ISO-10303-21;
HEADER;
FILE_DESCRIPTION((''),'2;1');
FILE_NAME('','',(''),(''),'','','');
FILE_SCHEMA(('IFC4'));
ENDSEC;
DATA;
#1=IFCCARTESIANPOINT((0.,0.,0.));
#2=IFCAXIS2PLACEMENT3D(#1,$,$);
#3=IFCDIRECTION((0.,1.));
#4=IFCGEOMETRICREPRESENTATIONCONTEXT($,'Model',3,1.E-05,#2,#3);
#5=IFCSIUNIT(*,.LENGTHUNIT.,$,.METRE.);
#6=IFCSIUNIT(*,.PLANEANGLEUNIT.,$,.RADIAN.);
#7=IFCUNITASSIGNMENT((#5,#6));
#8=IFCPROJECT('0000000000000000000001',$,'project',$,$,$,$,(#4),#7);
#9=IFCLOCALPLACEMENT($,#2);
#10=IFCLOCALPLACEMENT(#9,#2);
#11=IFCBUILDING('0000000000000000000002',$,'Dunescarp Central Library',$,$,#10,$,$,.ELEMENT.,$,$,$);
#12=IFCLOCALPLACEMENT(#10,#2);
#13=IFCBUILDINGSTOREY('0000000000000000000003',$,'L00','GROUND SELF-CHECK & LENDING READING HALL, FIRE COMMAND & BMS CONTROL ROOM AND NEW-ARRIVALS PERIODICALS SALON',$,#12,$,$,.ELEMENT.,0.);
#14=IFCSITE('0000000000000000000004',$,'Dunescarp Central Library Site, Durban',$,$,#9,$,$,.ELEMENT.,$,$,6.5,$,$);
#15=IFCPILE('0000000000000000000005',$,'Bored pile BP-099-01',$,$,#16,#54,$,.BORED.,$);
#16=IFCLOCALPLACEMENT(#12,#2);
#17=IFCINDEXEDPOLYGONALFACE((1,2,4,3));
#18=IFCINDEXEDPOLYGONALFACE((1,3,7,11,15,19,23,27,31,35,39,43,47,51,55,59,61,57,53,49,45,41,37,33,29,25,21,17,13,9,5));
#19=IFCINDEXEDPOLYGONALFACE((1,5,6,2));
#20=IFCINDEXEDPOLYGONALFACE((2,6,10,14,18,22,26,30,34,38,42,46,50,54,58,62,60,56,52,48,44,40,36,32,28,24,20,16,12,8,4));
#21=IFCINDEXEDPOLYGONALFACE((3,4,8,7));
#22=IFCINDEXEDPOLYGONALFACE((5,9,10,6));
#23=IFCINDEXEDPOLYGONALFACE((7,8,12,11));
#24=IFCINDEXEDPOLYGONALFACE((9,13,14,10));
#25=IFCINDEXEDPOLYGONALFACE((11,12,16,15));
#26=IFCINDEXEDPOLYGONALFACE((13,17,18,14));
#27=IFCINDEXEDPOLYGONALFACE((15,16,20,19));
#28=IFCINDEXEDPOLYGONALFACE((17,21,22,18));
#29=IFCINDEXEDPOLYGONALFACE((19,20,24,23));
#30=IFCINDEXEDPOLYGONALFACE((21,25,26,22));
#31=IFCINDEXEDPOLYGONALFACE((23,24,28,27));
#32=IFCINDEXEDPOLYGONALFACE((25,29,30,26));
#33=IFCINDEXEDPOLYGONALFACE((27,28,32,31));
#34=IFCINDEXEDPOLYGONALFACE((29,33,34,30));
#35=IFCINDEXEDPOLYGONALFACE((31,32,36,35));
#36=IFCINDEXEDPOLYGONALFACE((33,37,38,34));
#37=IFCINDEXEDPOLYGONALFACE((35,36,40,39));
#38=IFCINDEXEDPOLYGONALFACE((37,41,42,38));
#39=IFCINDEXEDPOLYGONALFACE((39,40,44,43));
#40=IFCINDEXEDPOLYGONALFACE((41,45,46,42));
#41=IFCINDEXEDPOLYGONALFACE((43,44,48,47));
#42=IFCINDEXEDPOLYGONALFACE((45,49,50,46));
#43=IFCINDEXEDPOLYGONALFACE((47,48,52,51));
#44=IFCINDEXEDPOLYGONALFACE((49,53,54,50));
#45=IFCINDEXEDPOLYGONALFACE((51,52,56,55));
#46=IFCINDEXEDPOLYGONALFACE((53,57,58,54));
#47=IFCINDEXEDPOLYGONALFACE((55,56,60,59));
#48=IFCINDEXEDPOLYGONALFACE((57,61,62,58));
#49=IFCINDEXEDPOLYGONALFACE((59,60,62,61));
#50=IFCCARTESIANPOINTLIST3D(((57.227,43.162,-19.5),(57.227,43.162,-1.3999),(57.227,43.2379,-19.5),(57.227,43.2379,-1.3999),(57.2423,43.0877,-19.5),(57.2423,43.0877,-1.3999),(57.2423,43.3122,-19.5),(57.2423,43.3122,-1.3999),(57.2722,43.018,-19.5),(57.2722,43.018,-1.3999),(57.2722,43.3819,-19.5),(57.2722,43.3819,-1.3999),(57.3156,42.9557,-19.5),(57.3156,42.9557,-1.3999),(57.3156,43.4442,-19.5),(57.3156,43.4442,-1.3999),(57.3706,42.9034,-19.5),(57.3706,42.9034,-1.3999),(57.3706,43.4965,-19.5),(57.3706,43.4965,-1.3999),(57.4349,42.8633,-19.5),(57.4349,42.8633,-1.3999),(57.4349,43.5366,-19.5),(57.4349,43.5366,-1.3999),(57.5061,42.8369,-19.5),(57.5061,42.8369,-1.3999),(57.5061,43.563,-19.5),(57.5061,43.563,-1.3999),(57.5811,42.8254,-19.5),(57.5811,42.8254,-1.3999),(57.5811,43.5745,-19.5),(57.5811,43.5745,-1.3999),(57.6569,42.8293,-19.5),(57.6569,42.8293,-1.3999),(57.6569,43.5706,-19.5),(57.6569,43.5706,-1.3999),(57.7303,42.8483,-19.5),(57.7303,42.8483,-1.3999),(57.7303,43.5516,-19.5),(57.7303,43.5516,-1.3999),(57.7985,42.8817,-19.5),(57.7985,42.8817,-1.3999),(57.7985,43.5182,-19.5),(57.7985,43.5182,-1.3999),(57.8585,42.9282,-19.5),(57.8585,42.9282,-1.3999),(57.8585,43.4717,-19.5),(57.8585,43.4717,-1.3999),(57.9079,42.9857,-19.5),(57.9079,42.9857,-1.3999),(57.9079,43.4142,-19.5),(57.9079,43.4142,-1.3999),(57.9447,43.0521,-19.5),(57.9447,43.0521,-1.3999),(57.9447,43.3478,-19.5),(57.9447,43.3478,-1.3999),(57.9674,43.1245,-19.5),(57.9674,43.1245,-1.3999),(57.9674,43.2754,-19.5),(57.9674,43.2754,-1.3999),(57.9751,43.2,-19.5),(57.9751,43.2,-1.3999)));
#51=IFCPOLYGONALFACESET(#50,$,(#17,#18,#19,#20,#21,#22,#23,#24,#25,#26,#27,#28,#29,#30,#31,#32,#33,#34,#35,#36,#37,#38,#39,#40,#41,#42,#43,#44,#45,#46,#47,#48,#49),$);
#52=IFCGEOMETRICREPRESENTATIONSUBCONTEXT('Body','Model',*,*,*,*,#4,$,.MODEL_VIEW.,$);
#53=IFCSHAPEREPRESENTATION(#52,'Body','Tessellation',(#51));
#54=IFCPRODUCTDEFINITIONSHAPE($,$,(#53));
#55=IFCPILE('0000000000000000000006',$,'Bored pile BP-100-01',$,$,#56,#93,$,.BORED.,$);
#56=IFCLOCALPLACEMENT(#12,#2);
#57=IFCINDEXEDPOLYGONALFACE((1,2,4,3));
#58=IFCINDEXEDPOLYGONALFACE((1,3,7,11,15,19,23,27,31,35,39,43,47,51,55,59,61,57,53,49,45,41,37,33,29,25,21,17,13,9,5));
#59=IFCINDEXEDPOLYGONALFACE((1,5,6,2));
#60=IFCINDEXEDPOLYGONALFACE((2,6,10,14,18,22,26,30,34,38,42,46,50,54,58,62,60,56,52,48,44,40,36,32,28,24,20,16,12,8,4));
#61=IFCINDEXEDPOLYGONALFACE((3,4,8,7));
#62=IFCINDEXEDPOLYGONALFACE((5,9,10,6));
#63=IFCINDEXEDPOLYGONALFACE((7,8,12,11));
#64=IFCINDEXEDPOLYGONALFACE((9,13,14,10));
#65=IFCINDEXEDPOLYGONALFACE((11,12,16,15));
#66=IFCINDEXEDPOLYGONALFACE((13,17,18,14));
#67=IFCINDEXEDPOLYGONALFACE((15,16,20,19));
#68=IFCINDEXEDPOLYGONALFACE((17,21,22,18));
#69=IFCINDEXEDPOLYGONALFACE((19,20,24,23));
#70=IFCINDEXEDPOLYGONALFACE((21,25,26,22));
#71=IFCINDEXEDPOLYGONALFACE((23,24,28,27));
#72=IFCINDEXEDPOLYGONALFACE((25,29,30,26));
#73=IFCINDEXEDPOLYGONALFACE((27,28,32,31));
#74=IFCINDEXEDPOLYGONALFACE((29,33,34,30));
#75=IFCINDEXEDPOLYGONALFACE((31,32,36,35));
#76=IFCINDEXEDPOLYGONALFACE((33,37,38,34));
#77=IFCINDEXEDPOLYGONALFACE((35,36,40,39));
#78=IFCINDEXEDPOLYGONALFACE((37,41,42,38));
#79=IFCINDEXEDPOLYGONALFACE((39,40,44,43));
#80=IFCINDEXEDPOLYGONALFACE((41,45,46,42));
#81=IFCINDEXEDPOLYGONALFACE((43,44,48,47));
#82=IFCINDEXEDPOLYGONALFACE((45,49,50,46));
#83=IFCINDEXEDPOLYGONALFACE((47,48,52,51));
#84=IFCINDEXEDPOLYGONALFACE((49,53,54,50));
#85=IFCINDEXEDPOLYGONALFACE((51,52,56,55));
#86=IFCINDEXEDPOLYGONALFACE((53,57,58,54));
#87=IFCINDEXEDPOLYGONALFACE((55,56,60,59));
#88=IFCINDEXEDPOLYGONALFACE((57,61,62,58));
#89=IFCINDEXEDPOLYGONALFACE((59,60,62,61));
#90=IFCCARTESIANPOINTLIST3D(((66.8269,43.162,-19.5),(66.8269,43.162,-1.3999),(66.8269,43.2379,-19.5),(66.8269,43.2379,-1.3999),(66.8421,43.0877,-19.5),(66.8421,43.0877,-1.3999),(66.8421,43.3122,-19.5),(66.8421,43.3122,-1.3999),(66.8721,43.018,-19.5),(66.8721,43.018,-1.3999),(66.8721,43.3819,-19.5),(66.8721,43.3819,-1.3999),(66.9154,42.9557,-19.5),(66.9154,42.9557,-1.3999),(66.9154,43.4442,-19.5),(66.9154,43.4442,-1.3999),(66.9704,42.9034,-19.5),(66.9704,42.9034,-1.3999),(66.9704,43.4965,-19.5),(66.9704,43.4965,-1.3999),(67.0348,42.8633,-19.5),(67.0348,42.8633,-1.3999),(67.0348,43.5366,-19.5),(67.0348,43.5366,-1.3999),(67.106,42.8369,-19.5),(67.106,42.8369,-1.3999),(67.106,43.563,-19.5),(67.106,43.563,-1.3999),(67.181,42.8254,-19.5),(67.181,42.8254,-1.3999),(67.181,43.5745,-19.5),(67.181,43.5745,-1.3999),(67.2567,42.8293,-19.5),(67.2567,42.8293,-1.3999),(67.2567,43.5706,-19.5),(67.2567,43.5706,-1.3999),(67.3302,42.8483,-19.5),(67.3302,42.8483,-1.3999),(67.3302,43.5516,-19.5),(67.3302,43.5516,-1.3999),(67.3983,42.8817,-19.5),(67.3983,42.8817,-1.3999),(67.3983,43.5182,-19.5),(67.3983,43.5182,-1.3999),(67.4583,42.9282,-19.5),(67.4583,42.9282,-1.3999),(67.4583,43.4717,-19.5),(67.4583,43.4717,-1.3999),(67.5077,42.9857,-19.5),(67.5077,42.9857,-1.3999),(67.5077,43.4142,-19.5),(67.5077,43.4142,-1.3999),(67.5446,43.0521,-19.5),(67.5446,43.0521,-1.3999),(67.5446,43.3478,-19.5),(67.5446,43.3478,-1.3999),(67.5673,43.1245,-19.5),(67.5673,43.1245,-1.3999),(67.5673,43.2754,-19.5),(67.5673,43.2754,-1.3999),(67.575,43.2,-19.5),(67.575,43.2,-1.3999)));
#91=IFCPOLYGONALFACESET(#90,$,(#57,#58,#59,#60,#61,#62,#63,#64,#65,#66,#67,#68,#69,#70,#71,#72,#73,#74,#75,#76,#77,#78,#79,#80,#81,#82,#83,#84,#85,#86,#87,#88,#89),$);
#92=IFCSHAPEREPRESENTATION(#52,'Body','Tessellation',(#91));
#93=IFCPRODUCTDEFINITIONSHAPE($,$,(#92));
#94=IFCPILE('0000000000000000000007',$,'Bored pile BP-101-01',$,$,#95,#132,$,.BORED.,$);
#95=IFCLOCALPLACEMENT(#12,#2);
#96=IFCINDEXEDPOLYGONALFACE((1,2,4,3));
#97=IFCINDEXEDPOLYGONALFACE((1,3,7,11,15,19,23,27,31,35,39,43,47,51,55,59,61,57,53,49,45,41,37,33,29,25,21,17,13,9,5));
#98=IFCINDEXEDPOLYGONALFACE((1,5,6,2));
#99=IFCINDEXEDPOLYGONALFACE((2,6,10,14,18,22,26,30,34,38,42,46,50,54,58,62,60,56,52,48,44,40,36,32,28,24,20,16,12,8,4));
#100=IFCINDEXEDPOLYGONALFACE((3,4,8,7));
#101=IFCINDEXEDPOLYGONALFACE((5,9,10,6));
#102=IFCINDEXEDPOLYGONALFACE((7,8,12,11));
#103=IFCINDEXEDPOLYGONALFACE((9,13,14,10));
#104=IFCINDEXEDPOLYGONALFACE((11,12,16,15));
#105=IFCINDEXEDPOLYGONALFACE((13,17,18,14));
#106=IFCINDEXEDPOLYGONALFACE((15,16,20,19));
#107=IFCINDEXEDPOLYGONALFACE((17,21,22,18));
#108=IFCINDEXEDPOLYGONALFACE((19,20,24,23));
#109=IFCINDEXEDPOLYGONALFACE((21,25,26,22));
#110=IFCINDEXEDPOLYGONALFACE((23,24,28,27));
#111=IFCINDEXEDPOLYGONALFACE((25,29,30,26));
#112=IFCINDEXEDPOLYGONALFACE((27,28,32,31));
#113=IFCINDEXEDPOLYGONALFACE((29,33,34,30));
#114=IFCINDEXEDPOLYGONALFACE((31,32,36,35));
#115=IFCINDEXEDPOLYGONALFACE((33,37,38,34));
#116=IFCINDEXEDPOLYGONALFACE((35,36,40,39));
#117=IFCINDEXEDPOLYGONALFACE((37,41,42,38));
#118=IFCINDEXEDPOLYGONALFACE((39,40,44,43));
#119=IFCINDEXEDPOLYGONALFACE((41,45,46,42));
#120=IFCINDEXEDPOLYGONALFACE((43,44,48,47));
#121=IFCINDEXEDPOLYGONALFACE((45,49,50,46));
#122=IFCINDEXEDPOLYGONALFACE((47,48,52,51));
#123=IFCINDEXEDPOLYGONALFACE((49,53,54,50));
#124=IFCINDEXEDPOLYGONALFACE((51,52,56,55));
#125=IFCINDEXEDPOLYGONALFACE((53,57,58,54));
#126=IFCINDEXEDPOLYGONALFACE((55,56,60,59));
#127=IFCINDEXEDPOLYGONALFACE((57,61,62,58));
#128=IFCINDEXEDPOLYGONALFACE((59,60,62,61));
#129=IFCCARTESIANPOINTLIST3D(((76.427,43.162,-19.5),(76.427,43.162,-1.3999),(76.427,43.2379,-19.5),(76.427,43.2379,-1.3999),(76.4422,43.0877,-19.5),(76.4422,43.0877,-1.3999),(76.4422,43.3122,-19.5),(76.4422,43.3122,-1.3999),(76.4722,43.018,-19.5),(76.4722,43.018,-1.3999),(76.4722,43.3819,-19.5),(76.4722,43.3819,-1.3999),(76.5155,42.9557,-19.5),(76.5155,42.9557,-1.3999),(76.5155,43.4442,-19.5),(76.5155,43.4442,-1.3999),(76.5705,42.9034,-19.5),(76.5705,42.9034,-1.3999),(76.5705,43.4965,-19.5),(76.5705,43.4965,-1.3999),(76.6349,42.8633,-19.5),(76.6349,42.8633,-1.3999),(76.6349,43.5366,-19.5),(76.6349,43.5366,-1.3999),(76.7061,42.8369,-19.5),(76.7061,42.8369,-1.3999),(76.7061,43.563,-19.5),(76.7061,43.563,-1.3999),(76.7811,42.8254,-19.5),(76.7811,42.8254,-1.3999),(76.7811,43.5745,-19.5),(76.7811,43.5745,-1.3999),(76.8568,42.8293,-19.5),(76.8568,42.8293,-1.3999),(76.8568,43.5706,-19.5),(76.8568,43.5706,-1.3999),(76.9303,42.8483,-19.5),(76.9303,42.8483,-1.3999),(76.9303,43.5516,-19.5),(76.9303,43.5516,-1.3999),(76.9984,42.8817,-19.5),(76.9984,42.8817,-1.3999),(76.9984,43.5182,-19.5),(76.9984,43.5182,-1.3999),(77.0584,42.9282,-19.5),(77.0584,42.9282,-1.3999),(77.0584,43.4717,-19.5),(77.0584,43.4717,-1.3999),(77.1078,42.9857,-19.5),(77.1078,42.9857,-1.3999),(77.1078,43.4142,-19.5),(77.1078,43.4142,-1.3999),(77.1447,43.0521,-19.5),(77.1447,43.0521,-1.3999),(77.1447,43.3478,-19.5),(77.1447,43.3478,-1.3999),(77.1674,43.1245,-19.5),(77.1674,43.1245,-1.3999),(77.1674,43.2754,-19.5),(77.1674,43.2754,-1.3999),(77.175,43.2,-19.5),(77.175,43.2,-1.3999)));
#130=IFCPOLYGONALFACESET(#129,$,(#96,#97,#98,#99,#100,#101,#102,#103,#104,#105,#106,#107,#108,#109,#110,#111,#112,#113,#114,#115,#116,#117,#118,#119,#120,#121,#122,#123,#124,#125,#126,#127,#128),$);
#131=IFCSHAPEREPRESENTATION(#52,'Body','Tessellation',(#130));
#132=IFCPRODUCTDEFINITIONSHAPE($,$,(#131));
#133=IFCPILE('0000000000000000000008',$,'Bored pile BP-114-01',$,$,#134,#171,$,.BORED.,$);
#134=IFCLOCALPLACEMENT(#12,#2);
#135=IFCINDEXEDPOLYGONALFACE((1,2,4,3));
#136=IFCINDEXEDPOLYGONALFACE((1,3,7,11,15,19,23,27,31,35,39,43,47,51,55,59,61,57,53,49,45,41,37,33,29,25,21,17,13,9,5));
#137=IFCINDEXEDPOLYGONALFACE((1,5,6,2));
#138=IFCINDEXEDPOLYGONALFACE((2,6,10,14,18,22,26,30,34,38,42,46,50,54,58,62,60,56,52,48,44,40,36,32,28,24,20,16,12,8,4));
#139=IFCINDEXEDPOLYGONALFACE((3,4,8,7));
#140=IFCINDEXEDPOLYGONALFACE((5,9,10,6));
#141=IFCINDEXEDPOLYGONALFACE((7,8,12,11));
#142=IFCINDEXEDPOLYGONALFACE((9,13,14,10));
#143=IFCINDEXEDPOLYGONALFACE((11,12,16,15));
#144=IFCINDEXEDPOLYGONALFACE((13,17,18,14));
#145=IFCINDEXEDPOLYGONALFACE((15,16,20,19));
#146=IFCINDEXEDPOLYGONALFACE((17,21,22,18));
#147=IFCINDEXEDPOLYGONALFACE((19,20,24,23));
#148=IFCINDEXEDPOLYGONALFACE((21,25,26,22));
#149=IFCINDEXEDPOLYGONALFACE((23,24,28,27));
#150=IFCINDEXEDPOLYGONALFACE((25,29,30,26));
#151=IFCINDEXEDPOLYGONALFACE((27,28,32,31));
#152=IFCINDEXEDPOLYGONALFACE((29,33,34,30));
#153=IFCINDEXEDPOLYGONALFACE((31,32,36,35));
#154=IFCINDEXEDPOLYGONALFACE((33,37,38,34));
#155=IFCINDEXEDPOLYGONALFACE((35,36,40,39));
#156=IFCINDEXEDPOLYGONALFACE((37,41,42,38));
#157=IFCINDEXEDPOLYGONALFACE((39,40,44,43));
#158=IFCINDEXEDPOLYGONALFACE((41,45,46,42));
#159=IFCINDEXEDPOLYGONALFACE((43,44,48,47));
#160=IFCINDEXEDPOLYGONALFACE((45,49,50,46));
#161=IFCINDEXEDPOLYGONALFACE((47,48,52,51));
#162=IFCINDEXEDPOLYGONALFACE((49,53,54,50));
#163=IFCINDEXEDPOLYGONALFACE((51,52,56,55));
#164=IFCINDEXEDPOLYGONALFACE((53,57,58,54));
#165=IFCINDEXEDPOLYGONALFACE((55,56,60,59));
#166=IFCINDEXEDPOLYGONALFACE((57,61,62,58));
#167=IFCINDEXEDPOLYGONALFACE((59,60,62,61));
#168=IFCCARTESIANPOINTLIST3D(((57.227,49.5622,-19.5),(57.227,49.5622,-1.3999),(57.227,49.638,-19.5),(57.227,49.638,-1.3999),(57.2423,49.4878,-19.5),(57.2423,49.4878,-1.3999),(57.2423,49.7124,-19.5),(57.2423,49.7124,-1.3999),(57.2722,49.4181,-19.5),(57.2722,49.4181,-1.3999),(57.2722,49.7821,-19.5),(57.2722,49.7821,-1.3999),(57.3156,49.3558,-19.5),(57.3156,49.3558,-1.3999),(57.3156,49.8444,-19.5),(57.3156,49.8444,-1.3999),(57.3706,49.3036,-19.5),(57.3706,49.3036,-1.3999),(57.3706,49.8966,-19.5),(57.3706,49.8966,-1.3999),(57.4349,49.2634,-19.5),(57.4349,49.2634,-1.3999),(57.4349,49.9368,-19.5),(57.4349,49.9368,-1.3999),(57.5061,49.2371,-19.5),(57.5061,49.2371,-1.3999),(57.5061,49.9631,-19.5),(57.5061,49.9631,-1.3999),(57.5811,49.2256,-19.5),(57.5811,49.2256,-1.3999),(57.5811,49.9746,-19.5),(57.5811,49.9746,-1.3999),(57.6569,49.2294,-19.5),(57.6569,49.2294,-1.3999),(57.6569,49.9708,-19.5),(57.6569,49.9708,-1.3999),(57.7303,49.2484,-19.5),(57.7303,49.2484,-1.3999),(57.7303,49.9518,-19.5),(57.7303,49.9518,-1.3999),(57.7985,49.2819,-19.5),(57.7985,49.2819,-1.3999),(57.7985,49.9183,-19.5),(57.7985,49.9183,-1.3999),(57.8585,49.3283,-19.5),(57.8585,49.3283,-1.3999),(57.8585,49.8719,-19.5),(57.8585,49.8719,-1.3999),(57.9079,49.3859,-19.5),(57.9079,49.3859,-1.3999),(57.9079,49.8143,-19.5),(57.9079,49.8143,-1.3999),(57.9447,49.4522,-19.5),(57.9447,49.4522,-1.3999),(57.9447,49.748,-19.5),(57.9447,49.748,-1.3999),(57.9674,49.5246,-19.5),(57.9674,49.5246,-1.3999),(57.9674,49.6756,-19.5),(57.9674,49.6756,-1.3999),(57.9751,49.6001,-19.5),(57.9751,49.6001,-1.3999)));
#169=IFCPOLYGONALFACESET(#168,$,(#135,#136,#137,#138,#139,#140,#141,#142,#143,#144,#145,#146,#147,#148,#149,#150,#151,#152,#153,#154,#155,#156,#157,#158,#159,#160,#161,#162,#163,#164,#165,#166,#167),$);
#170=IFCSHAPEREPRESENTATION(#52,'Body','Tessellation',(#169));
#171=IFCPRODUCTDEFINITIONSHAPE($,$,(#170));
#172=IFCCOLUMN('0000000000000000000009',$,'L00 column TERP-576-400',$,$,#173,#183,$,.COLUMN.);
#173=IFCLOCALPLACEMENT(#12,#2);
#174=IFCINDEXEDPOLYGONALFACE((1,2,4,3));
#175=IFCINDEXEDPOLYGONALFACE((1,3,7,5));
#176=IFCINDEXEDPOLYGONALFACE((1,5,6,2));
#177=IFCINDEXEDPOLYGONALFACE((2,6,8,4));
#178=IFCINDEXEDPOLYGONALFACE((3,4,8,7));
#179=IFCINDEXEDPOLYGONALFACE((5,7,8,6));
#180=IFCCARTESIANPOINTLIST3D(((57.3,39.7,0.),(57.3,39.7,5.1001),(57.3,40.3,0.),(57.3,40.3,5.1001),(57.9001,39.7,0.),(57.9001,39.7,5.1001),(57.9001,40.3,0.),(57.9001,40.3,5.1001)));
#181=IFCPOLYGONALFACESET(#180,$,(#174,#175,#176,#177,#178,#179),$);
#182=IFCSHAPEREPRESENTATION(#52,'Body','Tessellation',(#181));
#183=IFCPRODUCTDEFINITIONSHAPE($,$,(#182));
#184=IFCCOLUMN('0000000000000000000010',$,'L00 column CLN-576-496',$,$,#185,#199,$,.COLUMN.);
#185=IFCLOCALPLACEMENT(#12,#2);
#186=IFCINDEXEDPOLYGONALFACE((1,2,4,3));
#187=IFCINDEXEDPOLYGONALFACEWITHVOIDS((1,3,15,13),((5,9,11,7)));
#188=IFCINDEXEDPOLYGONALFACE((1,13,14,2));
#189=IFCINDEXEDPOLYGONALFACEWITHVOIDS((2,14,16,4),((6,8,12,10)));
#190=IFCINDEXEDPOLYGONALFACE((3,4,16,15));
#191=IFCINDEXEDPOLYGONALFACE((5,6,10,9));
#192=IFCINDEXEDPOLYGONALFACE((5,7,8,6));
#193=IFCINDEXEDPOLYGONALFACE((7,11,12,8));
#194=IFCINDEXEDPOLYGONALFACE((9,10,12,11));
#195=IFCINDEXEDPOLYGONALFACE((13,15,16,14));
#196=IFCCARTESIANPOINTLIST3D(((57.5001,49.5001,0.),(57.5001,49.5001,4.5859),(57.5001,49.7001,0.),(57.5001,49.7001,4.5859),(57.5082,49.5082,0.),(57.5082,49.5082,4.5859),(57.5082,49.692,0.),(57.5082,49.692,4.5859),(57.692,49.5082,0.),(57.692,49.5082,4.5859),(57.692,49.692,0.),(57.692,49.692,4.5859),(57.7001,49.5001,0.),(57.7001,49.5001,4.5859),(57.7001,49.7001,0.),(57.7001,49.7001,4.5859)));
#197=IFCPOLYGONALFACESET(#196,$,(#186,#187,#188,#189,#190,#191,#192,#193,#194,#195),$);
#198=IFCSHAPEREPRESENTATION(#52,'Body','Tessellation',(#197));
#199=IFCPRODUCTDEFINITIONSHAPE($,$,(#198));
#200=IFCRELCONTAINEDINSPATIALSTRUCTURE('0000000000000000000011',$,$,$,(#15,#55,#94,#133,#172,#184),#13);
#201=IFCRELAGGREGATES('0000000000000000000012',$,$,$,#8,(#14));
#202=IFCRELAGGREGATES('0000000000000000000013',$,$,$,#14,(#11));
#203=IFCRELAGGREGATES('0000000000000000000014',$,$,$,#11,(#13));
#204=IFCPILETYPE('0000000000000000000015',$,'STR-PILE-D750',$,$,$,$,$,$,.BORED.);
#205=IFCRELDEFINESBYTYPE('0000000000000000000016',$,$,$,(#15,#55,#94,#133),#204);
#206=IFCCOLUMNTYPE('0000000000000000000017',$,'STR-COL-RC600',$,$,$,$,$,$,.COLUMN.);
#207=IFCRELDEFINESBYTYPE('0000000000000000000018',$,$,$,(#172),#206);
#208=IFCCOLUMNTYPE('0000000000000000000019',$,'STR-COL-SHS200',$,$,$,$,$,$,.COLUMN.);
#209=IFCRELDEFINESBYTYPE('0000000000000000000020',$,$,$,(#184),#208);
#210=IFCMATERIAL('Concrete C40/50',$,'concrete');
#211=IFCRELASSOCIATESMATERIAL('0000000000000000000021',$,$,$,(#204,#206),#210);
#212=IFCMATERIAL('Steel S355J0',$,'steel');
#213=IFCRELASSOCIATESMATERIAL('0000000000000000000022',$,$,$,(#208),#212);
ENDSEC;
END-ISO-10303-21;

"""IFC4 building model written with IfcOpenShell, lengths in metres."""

from ifc_helpers import new_model, si_unit, direction, frame, origin, origin_2d, place, context, subcontext, project, spatial, rectangle, hollow_rectangle, circle, extrude, material, material_profile, profile_set, type_object, element, save


model = new_model("IFC4")

# Units and contexts
model_context = context("Model", 3, precision=1e-05, world=origin(), true_north=direction((0.0, 1.0)))
body_context = subcontext(model_context, "Body", "Model", "MODEL_VIEW")
ifc_project = project(units=[si_unit("LENGTHUNIT", "METRE"), si_unit("PLANEANGLEUNIT", "RADIAN")], contexts=[model_context])

# Site, building, storey
site_placement = place(None, origin())
site = spatial("IfcSite", under=ifc_project, at=site_placement, Name="Dunescarp Central Library Site, Durban", CompositionType="ELEMENT", RefElevation=6.5)
building_placement = place(site_placement, origin())
building = spatial("IfcBuilding", under=site, at=building_placement, Name="Dunescarp Central Library", CompositionType="ELEMENT")
storey_placement = place(building_placement, origin())
storey = spatial("IfcBuildingStorey", under=building, at=storey_placement, Name="L00", Description="GROUND SELF-CHECK & LENDING READING HALL, FIRE COMMAND & BMS CONTROL ROOM AND NEW-ARRIVALS PERIODICALS SALON", CompositionType="ELEMENT", Elevation=0.0)

# Shared definitions
ifc_material_1 = material(Name="Concrete C40/50", Category="concrete")

# Piles
ifc_material_profile_1 = material_profile(ifc_material_1, circle(Radius=0.375, at=origin_2d()), Name="PILE D750")
ifc_profile_set_1 = profile_set([ifc_material_profile_1], Name="Concrete C40/50")
pile_type = type_object("IfcPileType", Name="STR-PILE-D750", PredefinedType="BORED", material=ifc_profile_set_1)
for number, where, z_axis, x_axis, name in (
    (1, (57.6001, 43.2, -1.3999), (0.0, 0.0, -1.0), (1.0, 0.0, 0.0), "Bored pile BP-099-01"),
    (2, (67.2, 43.2, -1.3999), (0.0, 0.0, -1.0), (1.0, 0.0, 0.0), "Bored pile BP-100-01"),
    (3, (76.8, 43.2, -1.3999), (0.0, 0.0, -1.0), (1.0, 0.0, 0.0), "Bored pile BP-101-01"),
    (4, (57.6001, 49.6001, -1.3999), (0.0, 0.0, -1.0), (1.0, 0.0, 0.0), "Bored pile BP-114-01"),
):
    element("IfcPile", number, at=place(storey_placement, frame(where, z_axis=z_axis, x_axis=x_axis)), inside=storey, type_object=pile_type, Name=name, PredefinedType="BORED", context=body_context, shape_type="SweptSolid", body=[
        extrude(circle(Radius=0.375, at=origin_2d()), origin(), (0.0, 0.0, 1.0), 18.1001),
    ])

# Columns
ifc_material_profile_2 = material_profile(ifc_material_1, rectangle(XDim=0.6001, YDim=0.6001, at=origin_2d()), Name="RC 600x600")
ifc_profile_set_2 = profile_set([ifc_material_profile_2], Name="Concrete C40/50")
column_type_1 = type_object("IfcColumnType", Name="STR-COL-RC600", PredefinedType="COLUMN", material=ifc_profile_set_2)
column_1_placement = place(storey_placement, frame((57.6001, 40.0, 0.0), z_axis=(0.0, 0.0, 1.0), x_axis=(1.0, 0.0, 0.0)))
element("IfcColumn", 5, at=column_1_placement, inside=storey, type_object=column_type_1, Name="L00 column TERP-576-400", PredefinedType="COLUMN", context=body_context, shape_type="SweptSolid", body=[
    extrude(rectangle(XDim=0.6001, YDim=0.6001, at=origin_2d()), origin(), (0.0, 0.0, 1.0), 5.1001),
])
ifc_material_2 = material(Name="Steel S355J0", Category="steel")
ifc_material_profile_3 = material_profile(ifc_material_2, hollow_rectangle(XDim=0.2, YDim=0.2, WallThickness=0.0081, at=origin_2d()), Name="SHS 200x200x8")
ifc_profile_set_3 = profile_set([ifc_material_profile_3], Name="Steel S355J0")
column_type_2 = type_object("IfcColumnType", Name="STR-COL-SHS200", PredefinedType="COLUMN", material=ifc_profile_set_3)
column_2_placement = place(storey_placement, frame((57.6001, 49.6001, 0.0), z_axis=(0.0, 0.0, 1.0), x_axis=(1.0, 0.0, 0.0)))
element("IfcColumn", 6, at=column_2_placement, inside=storey, type_object=column_type_2, Name="L00 column CLN-576-496", PredefinedType="COLUMN", context=body_context, shape_type="SweptSolid", body=[
    extrude(hollow_rectangle(XDim=0.2, YDim=0.2, WallThickness=0.0081, at=origin_2d()), origin(), (0.0, 0.0, 1.0), 4.5859),
])

save(model, "model.ifc")
